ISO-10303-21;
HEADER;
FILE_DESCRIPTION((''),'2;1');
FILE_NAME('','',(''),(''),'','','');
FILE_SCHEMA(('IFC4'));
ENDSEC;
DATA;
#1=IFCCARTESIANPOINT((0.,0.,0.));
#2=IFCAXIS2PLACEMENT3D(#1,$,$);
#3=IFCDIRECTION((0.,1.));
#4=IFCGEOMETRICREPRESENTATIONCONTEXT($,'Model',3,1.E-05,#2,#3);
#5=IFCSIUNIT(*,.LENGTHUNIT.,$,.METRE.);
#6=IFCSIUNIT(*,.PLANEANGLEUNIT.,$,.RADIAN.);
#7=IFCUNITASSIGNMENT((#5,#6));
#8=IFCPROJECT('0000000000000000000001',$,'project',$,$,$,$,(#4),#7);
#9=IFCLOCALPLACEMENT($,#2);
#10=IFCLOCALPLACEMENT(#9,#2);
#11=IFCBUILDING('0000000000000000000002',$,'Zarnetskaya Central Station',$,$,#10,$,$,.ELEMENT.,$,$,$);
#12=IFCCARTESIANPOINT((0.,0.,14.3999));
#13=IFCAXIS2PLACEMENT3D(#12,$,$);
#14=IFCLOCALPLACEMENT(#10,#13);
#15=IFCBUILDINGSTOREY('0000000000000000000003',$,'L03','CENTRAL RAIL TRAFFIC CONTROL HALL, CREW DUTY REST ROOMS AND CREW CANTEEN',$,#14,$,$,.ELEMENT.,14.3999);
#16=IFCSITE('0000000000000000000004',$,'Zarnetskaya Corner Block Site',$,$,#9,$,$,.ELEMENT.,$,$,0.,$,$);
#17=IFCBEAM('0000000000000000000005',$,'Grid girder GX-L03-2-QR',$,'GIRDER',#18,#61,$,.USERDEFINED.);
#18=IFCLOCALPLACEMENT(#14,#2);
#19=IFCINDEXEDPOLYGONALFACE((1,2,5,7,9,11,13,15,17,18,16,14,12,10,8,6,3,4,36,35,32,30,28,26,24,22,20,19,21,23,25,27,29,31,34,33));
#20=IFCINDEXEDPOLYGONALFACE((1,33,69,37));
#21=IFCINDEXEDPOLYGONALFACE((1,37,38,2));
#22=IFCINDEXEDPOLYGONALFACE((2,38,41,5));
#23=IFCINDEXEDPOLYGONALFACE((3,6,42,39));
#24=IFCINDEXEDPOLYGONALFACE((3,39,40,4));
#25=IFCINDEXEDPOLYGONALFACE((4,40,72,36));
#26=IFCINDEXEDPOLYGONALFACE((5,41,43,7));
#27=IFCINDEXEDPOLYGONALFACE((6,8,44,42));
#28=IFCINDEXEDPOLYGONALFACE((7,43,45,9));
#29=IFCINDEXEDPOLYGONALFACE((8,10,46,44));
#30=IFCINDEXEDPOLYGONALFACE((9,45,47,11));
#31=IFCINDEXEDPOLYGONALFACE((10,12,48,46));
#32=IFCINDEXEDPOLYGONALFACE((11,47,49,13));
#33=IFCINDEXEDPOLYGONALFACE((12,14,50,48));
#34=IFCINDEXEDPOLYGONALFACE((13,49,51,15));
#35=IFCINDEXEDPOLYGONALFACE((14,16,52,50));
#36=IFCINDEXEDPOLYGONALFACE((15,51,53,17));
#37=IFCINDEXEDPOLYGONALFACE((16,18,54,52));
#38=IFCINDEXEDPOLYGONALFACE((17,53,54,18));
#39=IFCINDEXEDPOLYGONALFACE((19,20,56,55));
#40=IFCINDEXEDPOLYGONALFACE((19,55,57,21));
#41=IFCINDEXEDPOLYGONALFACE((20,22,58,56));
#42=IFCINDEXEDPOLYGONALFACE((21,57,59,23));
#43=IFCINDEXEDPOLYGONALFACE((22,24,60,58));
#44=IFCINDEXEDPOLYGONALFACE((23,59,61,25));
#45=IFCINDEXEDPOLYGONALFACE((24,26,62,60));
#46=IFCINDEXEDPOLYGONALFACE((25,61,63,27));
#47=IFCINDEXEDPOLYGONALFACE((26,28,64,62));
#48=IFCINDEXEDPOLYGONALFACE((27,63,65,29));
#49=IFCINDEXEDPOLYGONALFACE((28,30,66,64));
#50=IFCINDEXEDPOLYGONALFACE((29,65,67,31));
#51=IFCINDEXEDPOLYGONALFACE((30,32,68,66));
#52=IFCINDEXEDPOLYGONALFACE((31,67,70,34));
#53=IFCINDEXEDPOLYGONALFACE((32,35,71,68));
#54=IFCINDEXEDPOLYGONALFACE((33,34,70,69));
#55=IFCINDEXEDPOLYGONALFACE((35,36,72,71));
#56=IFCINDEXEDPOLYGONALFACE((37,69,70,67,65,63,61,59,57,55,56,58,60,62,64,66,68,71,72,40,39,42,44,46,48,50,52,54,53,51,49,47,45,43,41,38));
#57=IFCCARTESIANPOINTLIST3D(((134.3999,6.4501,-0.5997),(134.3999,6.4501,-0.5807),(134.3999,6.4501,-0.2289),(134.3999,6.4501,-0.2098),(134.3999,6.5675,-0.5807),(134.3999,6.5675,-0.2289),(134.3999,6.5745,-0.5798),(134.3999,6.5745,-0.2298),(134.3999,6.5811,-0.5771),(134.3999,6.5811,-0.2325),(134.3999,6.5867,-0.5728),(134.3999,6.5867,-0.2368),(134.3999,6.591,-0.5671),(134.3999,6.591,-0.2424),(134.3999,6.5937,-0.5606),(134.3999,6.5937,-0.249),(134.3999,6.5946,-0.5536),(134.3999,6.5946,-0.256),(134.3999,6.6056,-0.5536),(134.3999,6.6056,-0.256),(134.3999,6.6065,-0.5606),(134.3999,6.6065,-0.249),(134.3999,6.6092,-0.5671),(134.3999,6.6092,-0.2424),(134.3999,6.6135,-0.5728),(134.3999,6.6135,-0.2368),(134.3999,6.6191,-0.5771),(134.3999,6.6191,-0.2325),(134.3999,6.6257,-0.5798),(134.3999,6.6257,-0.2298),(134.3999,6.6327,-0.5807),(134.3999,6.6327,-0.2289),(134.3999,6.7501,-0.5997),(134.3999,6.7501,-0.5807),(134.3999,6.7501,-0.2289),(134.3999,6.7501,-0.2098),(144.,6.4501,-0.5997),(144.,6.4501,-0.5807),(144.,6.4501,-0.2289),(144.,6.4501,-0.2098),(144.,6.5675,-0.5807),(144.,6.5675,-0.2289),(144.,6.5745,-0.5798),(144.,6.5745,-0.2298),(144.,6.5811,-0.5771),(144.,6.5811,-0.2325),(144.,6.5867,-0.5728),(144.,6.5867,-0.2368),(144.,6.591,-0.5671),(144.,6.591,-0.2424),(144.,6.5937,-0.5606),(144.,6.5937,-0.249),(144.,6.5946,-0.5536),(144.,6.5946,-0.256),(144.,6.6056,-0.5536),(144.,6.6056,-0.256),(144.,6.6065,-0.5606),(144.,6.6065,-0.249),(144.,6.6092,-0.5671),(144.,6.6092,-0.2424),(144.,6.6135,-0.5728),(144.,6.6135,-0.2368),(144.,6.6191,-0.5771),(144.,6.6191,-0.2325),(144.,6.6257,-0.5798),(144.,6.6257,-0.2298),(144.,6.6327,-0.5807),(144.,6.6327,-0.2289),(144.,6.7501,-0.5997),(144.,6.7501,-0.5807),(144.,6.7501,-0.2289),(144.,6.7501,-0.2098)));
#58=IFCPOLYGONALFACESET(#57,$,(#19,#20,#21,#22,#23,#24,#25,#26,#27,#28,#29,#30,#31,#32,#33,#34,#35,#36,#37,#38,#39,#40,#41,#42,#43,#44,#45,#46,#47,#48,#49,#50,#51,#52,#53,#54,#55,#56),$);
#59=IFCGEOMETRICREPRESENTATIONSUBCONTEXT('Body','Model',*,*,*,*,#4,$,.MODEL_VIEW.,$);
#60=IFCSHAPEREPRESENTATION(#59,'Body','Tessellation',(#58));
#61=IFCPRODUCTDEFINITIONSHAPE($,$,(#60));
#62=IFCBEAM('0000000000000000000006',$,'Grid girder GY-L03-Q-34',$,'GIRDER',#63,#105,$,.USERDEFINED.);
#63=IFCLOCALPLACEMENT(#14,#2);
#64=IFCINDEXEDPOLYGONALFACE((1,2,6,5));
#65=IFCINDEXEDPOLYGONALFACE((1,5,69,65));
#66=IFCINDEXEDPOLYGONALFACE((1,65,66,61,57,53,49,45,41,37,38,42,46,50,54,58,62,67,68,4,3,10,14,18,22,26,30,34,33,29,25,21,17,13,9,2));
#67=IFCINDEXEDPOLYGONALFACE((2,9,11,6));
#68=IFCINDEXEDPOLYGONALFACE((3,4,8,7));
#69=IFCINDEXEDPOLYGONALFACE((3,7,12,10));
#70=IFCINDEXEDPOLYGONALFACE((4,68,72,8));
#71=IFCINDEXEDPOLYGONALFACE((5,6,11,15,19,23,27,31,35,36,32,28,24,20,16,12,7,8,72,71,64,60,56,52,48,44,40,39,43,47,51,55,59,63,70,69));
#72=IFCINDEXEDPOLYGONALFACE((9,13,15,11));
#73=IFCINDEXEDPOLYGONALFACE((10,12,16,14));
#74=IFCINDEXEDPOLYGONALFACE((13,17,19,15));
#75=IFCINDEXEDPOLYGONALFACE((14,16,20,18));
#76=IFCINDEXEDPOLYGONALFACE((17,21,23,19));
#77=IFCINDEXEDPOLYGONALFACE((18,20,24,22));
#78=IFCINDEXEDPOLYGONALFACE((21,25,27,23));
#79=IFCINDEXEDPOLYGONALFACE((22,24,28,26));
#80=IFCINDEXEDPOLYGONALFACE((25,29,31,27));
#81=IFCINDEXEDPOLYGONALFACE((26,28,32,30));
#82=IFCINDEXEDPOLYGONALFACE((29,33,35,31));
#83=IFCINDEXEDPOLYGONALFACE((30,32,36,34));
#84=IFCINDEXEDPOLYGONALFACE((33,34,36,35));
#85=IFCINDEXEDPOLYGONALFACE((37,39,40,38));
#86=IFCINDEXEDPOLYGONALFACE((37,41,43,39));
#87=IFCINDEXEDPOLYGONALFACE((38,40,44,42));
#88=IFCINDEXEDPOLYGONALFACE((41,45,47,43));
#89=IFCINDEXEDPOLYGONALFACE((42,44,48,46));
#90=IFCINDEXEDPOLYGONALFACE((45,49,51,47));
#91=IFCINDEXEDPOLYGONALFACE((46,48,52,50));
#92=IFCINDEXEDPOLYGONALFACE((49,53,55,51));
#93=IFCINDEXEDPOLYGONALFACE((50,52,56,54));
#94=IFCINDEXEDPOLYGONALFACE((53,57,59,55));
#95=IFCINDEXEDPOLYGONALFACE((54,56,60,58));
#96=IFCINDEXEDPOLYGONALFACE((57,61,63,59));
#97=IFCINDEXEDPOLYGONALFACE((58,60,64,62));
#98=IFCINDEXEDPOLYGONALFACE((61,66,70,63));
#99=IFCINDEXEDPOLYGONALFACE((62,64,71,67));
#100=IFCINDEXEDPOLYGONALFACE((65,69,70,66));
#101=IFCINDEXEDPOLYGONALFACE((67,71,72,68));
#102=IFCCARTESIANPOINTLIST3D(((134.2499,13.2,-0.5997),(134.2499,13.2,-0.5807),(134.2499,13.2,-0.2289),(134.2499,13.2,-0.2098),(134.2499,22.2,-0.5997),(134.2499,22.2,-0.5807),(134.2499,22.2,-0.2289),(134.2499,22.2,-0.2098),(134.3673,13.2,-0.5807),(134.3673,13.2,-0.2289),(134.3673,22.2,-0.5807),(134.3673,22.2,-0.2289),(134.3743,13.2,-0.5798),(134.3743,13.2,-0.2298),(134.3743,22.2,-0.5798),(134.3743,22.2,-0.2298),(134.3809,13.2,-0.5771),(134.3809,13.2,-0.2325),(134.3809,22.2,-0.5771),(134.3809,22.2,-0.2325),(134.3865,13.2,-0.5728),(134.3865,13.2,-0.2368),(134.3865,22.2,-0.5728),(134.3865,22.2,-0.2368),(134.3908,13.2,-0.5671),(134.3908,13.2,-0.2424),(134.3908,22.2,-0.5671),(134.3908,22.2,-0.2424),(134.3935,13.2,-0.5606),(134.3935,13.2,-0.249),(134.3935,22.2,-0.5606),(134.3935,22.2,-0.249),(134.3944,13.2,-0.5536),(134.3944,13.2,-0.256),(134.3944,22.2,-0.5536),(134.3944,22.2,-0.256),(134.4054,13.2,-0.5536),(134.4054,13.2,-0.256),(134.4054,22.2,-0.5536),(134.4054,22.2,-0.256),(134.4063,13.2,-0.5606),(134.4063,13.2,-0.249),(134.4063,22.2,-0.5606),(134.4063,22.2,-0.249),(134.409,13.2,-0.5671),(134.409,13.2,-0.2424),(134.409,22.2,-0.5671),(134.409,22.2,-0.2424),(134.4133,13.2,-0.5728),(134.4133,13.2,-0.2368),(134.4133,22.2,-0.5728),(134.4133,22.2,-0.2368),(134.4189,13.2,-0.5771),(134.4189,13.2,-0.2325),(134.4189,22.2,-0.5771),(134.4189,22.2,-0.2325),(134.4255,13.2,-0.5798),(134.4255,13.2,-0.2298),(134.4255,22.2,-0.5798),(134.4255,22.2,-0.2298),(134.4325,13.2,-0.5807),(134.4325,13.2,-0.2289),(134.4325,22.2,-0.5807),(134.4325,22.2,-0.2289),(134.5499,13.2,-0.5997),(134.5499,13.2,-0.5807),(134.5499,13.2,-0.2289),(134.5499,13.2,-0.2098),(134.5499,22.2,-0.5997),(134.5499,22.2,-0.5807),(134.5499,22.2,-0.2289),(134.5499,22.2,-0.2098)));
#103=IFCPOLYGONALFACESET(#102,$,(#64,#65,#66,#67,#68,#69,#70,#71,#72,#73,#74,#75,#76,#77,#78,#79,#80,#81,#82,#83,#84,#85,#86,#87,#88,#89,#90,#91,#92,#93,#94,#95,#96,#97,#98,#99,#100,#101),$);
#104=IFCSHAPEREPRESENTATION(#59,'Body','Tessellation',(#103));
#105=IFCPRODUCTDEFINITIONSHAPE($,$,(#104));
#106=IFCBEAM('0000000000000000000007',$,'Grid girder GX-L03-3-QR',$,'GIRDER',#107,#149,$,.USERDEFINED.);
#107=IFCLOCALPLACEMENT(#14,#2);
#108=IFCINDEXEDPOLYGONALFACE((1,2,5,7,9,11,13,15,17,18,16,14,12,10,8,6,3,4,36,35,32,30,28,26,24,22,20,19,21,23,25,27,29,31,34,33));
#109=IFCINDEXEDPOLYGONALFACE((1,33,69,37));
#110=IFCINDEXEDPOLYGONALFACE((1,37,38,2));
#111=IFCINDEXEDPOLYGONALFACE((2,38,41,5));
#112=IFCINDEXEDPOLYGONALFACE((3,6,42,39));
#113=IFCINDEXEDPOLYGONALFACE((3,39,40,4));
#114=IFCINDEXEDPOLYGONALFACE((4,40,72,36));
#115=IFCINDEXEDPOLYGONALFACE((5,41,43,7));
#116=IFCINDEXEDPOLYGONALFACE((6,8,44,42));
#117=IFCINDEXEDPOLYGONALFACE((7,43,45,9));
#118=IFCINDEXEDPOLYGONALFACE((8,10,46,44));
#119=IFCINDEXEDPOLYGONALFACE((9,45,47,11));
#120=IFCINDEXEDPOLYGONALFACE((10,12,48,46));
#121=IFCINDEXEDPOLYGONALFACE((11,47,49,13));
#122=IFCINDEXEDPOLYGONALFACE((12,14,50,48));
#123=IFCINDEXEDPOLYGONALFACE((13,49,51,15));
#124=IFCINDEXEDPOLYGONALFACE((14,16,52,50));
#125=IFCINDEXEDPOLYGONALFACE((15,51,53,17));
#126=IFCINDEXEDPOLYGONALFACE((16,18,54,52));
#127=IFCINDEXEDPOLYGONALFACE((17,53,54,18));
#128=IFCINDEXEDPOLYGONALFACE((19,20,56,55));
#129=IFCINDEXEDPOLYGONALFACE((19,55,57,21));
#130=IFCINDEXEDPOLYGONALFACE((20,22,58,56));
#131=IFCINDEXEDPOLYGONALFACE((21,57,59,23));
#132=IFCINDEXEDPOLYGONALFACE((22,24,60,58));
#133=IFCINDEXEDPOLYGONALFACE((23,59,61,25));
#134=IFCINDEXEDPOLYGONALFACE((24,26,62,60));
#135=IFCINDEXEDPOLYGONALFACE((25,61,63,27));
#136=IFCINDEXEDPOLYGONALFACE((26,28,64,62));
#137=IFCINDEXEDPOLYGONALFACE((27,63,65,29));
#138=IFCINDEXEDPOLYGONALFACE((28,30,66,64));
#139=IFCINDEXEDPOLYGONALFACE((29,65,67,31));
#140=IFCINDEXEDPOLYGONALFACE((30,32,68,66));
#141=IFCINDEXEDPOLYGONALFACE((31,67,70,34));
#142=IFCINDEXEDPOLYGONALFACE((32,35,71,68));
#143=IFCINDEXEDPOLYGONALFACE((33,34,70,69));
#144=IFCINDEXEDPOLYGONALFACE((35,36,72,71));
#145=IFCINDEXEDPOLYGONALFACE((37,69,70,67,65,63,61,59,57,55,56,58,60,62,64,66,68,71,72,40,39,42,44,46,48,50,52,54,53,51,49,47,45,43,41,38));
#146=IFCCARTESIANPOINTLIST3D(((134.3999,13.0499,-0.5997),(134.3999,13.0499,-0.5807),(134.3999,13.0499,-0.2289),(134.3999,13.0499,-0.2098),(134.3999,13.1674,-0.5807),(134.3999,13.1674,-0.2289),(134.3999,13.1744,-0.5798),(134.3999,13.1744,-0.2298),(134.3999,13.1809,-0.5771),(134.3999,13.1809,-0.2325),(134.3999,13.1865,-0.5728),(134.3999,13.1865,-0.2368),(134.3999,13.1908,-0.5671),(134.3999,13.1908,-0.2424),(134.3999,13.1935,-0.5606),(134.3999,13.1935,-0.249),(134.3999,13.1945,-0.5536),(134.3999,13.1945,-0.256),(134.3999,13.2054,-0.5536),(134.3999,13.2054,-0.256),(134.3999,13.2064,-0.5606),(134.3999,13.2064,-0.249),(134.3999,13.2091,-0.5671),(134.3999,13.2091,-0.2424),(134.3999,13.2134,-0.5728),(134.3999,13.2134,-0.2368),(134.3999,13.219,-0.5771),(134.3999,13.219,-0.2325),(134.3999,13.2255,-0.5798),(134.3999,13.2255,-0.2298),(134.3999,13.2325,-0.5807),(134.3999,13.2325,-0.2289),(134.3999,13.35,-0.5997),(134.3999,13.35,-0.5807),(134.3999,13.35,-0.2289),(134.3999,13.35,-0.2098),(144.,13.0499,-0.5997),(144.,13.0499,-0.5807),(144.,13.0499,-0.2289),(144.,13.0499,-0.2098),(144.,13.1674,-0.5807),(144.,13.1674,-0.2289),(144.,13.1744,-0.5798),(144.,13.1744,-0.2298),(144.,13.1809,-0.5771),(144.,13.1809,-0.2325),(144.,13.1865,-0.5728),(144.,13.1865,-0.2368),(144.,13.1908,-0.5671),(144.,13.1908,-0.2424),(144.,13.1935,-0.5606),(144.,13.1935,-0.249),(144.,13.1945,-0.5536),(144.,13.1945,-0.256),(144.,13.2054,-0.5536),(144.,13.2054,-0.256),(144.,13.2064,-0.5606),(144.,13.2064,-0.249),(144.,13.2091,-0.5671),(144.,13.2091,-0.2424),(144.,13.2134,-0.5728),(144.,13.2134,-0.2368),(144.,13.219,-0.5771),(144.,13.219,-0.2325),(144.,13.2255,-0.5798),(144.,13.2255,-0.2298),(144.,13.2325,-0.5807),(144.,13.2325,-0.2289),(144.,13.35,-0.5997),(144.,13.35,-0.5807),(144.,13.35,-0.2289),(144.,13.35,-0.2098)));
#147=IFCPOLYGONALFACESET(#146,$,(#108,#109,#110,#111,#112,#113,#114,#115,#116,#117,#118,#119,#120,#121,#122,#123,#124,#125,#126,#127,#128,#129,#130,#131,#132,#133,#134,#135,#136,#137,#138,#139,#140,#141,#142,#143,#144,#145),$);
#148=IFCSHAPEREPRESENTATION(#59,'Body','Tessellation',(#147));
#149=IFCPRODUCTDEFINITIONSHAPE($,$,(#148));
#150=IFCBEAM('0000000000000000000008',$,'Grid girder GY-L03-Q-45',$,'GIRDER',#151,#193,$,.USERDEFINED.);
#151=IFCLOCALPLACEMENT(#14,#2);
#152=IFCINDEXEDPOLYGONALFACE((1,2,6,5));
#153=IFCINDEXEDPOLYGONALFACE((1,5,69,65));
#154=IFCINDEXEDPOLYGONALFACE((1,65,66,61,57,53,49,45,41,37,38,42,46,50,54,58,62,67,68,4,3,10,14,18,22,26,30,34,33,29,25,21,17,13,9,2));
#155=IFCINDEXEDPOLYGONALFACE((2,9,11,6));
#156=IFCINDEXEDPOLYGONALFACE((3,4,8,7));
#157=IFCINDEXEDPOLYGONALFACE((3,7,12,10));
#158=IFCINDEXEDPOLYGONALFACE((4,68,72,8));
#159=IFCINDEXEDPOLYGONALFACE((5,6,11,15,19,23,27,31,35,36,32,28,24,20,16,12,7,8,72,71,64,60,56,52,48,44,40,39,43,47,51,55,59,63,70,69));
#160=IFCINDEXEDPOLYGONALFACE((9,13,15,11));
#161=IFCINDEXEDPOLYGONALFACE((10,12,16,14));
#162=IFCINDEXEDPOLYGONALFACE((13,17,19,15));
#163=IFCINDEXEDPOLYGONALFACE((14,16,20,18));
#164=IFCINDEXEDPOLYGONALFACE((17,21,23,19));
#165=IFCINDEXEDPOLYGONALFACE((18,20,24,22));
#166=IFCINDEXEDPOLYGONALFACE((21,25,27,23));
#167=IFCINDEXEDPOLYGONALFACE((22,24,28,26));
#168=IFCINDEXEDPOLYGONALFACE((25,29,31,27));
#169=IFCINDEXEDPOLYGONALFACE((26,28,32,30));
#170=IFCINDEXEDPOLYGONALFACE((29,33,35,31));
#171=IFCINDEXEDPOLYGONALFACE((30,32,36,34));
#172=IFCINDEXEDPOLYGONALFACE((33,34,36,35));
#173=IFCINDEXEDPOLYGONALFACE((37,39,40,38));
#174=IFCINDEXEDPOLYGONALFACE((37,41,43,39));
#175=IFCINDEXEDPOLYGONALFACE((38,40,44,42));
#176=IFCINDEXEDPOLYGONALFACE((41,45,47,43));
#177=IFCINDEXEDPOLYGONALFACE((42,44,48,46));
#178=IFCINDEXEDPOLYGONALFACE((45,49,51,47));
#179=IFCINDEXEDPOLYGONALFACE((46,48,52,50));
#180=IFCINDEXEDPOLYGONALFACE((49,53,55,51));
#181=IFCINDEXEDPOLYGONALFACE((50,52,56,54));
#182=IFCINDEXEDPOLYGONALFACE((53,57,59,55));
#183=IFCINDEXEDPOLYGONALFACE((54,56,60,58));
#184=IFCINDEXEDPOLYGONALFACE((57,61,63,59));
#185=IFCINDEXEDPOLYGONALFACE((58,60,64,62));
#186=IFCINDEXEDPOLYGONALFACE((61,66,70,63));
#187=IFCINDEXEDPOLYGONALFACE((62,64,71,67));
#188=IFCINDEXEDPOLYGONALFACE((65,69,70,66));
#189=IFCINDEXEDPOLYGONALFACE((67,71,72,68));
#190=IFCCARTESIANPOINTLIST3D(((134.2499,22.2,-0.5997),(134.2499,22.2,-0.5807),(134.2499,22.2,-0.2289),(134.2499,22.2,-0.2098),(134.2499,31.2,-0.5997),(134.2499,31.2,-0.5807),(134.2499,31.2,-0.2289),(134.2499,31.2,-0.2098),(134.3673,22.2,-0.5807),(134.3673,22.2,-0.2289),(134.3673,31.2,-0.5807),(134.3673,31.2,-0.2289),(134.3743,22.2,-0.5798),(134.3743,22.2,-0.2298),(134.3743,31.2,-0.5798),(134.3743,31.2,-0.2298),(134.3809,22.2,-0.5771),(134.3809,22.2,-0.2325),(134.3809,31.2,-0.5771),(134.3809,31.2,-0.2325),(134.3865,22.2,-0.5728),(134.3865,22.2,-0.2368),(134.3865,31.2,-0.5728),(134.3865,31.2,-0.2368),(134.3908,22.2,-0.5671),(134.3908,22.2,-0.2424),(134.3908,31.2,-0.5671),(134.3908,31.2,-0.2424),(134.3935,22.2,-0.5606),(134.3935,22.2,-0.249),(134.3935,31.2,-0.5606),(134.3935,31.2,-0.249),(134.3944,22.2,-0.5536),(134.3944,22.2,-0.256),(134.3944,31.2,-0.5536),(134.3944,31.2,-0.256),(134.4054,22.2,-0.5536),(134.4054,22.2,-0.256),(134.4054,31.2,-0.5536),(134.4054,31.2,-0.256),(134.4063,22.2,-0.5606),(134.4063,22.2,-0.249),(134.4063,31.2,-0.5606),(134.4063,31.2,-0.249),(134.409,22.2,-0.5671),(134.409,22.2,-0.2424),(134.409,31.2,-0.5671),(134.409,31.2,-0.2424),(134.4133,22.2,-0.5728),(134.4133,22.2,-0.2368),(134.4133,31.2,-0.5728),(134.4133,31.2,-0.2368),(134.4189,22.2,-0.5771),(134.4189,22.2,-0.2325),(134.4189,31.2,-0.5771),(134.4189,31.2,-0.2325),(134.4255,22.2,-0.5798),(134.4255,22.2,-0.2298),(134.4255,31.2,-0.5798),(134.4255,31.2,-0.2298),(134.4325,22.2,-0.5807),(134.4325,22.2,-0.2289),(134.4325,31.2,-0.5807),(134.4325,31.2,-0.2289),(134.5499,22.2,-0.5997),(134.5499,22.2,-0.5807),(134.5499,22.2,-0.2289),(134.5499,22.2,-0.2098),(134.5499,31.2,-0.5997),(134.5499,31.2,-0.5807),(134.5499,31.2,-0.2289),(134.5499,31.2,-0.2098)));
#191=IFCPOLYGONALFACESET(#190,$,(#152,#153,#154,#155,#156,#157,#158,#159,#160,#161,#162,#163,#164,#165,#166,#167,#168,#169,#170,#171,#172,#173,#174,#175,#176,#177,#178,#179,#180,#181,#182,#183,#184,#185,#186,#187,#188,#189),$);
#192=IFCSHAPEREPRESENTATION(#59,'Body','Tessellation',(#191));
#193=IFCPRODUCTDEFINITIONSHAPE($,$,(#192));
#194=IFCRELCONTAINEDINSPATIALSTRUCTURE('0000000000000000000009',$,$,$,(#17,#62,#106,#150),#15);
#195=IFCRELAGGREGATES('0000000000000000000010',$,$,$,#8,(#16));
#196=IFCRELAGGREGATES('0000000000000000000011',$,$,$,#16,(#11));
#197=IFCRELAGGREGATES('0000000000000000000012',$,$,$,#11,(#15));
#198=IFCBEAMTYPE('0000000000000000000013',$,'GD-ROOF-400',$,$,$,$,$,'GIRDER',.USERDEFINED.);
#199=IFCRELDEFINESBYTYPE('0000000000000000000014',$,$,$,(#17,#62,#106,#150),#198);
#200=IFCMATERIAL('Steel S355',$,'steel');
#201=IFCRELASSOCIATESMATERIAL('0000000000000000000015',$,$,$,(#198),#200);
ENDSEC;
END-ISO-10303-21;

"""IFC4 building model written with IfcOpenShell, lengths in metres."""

from ifc_helpers import new_model, si_unit, direction, frame, origin, origin_2d, place, context, subcontext, project, spatial, i_section, extrude, material, material_profile, profile_set, type_object, element, save


model = new_model("IFC4")

# Units and contexts
model_context = context("Model", 3, precision=1e-05, world=origin(), true_north=direction((0.0, 1.0)))
body_context = subcontext(model_context, "Body", "Model", "MODEL_VIEW")
ifc_project = project(units=[si_unit("LENGTHUNIT", "METRE"), si_unit("PLANEANGLEUNIT", "RADIAN")], contexts=[model_context])

# Site, building, storey
site_placement = place(None, origin())
site = spatial("IfcSite", under=ifc_project, at=site_placement, Name="Zarnetskaya Corner Block Site", CompositionType="ELEMENT", RefElevation=0.0)
building_placement = place(site_placement, origin())
building = spatial("IfcBuilding", under=site, at=building_placement, Name="Zarnetskaya Central Station", CompositionType="ELEMENT")
storey_placement = place(building_placement, frame((0.0, 0.0, 14.3999)))
storey = spatial("IfcBuildingStorey", under=building, at=storey_placement, Name="L03", Description="CENTRAL RAIL TRAFFIC CONTROL HALL, CREW DUTY REST ROOMS AND CREW CANTEEN", CompositionType="ELEMENT", Elevation=14.3999)

# Beams
ifc_material_1 = material(Name="Steel S355", Category="steel")
ifc_material_profile_1 = material_profile(ifc_material_1, i_section(OverallWidth=0.3, OverallDepth=0.3899, WebThickness=0.011, FlangeThickness=0.019, FilletRadius=0.0271, at=origin_2d()), Name="HEA 400")
ifc_profile_set_1 = profile_set([ifc_material_profile_1], Name="Steel S355")
beam_type_1 = type_object("IfcBeamType", Name="GD-ROOF-400", ElementType="GIRDER", PredefinedType="USERDEFINED", material=ifc_profile_set_1)
beam_1_placement = place(storey_placement, frame((134.3999, 6.6001, -0.4048), z_axis=(1.0, 0.0, 0.0), x_axis=(0.0, 1.0, 0.0)))
element("IfcBeam", 1, at=beam_1_placement, inside=storey, type_object=beam_type_1, Name="Grid girder GX-L03-2-QR", ObjectType="GIRDER", PredefinedType="USERDEFINED", context=body_context, shape_type="SweptSolid", body=[
    extrude(i_section(OverallWidth=0.3, OverallDepth=0.3899, WebThickness=0.011, FlangeThickness=0.019, FilletRadius=0.0271, at=origin_2d()), origin(), (0.0, 0.0, 1.0), 9.6001),
])
beam_2_placement = place(storey_placement, frame((134.3999, 13.2, -0.4048), z_axis=(0.0, 1.0, 0.0), x_axis=(-1.0, 0.0, 0.0)))
element("IfcBeam", 2, at=beam_2_placement, inside=storey, type_object=beam_type_1, Name="Grid girder GY-L03-Q-34", ObjectType="GIRDER", PredefinedType="USERDEFINED", context=body_context, shape_type="SweptSolid", body=[
    extrude(i_section(OverallWidth=0.3, OverallDepth=0.3899, WebThickness=0.011, FlangeThickness=0.019, FilletRadius=0.0271, at=origin_2d()), origin(), (0.0, 0.0, 1.0), 9.0),
])
beam_3_placement = place(storey_placement, frame((134.3999, 13.2, -0.4048), z_axis=(1.0, 0.0, 0.0), x_axis=(0.0, 1.0, 0.0)))
element("IfcBeam", 3, at=beam_3_placement, inside=storey, type_object=beam_type_1, Name="Grid girder GX-L03-3-QR", ObjectType="GIRDER", PredefinedType="USERDEFINED", context=body_context, shape_type="SweptSolid", body=[
    extrude(i_section(OverallWidth=0.3, OverallDepth=0.3899, WebThickness=0.011, FlangeThickness=0.019, FilletRadius=0.0271, at=origin_2d()), origin(), (0.0, 0.0, 1.0), 9.6001),
])
beam_4_placement = place(storey_placement, frame((134.3999, 22.2, -0.4048), z_axis=(0.0, 1.0, 0.0), x_axis=(-1.0, 0.0, 0.0)))
element("IfcBeam", 4, at=beam_4_placement, inside=storey, type_object=beam_type_1, Name="Grid girder GY-L03-Q-45", ObjectType="GIRDER", PredefinedType="USERDEFINED", context=body_context, shape_type="SweptSolid", body=[
    extrude(i_section(OverallWidth=0.3, OverallDepth=0.3899, WebThickness=0.011, FlangeThickness=0.019, FilletRadius=0.0271, at=origin_2d()), origin(), (0.0, 0.0, 1.0), 9.0),
])

save(model, "model.ifc")
